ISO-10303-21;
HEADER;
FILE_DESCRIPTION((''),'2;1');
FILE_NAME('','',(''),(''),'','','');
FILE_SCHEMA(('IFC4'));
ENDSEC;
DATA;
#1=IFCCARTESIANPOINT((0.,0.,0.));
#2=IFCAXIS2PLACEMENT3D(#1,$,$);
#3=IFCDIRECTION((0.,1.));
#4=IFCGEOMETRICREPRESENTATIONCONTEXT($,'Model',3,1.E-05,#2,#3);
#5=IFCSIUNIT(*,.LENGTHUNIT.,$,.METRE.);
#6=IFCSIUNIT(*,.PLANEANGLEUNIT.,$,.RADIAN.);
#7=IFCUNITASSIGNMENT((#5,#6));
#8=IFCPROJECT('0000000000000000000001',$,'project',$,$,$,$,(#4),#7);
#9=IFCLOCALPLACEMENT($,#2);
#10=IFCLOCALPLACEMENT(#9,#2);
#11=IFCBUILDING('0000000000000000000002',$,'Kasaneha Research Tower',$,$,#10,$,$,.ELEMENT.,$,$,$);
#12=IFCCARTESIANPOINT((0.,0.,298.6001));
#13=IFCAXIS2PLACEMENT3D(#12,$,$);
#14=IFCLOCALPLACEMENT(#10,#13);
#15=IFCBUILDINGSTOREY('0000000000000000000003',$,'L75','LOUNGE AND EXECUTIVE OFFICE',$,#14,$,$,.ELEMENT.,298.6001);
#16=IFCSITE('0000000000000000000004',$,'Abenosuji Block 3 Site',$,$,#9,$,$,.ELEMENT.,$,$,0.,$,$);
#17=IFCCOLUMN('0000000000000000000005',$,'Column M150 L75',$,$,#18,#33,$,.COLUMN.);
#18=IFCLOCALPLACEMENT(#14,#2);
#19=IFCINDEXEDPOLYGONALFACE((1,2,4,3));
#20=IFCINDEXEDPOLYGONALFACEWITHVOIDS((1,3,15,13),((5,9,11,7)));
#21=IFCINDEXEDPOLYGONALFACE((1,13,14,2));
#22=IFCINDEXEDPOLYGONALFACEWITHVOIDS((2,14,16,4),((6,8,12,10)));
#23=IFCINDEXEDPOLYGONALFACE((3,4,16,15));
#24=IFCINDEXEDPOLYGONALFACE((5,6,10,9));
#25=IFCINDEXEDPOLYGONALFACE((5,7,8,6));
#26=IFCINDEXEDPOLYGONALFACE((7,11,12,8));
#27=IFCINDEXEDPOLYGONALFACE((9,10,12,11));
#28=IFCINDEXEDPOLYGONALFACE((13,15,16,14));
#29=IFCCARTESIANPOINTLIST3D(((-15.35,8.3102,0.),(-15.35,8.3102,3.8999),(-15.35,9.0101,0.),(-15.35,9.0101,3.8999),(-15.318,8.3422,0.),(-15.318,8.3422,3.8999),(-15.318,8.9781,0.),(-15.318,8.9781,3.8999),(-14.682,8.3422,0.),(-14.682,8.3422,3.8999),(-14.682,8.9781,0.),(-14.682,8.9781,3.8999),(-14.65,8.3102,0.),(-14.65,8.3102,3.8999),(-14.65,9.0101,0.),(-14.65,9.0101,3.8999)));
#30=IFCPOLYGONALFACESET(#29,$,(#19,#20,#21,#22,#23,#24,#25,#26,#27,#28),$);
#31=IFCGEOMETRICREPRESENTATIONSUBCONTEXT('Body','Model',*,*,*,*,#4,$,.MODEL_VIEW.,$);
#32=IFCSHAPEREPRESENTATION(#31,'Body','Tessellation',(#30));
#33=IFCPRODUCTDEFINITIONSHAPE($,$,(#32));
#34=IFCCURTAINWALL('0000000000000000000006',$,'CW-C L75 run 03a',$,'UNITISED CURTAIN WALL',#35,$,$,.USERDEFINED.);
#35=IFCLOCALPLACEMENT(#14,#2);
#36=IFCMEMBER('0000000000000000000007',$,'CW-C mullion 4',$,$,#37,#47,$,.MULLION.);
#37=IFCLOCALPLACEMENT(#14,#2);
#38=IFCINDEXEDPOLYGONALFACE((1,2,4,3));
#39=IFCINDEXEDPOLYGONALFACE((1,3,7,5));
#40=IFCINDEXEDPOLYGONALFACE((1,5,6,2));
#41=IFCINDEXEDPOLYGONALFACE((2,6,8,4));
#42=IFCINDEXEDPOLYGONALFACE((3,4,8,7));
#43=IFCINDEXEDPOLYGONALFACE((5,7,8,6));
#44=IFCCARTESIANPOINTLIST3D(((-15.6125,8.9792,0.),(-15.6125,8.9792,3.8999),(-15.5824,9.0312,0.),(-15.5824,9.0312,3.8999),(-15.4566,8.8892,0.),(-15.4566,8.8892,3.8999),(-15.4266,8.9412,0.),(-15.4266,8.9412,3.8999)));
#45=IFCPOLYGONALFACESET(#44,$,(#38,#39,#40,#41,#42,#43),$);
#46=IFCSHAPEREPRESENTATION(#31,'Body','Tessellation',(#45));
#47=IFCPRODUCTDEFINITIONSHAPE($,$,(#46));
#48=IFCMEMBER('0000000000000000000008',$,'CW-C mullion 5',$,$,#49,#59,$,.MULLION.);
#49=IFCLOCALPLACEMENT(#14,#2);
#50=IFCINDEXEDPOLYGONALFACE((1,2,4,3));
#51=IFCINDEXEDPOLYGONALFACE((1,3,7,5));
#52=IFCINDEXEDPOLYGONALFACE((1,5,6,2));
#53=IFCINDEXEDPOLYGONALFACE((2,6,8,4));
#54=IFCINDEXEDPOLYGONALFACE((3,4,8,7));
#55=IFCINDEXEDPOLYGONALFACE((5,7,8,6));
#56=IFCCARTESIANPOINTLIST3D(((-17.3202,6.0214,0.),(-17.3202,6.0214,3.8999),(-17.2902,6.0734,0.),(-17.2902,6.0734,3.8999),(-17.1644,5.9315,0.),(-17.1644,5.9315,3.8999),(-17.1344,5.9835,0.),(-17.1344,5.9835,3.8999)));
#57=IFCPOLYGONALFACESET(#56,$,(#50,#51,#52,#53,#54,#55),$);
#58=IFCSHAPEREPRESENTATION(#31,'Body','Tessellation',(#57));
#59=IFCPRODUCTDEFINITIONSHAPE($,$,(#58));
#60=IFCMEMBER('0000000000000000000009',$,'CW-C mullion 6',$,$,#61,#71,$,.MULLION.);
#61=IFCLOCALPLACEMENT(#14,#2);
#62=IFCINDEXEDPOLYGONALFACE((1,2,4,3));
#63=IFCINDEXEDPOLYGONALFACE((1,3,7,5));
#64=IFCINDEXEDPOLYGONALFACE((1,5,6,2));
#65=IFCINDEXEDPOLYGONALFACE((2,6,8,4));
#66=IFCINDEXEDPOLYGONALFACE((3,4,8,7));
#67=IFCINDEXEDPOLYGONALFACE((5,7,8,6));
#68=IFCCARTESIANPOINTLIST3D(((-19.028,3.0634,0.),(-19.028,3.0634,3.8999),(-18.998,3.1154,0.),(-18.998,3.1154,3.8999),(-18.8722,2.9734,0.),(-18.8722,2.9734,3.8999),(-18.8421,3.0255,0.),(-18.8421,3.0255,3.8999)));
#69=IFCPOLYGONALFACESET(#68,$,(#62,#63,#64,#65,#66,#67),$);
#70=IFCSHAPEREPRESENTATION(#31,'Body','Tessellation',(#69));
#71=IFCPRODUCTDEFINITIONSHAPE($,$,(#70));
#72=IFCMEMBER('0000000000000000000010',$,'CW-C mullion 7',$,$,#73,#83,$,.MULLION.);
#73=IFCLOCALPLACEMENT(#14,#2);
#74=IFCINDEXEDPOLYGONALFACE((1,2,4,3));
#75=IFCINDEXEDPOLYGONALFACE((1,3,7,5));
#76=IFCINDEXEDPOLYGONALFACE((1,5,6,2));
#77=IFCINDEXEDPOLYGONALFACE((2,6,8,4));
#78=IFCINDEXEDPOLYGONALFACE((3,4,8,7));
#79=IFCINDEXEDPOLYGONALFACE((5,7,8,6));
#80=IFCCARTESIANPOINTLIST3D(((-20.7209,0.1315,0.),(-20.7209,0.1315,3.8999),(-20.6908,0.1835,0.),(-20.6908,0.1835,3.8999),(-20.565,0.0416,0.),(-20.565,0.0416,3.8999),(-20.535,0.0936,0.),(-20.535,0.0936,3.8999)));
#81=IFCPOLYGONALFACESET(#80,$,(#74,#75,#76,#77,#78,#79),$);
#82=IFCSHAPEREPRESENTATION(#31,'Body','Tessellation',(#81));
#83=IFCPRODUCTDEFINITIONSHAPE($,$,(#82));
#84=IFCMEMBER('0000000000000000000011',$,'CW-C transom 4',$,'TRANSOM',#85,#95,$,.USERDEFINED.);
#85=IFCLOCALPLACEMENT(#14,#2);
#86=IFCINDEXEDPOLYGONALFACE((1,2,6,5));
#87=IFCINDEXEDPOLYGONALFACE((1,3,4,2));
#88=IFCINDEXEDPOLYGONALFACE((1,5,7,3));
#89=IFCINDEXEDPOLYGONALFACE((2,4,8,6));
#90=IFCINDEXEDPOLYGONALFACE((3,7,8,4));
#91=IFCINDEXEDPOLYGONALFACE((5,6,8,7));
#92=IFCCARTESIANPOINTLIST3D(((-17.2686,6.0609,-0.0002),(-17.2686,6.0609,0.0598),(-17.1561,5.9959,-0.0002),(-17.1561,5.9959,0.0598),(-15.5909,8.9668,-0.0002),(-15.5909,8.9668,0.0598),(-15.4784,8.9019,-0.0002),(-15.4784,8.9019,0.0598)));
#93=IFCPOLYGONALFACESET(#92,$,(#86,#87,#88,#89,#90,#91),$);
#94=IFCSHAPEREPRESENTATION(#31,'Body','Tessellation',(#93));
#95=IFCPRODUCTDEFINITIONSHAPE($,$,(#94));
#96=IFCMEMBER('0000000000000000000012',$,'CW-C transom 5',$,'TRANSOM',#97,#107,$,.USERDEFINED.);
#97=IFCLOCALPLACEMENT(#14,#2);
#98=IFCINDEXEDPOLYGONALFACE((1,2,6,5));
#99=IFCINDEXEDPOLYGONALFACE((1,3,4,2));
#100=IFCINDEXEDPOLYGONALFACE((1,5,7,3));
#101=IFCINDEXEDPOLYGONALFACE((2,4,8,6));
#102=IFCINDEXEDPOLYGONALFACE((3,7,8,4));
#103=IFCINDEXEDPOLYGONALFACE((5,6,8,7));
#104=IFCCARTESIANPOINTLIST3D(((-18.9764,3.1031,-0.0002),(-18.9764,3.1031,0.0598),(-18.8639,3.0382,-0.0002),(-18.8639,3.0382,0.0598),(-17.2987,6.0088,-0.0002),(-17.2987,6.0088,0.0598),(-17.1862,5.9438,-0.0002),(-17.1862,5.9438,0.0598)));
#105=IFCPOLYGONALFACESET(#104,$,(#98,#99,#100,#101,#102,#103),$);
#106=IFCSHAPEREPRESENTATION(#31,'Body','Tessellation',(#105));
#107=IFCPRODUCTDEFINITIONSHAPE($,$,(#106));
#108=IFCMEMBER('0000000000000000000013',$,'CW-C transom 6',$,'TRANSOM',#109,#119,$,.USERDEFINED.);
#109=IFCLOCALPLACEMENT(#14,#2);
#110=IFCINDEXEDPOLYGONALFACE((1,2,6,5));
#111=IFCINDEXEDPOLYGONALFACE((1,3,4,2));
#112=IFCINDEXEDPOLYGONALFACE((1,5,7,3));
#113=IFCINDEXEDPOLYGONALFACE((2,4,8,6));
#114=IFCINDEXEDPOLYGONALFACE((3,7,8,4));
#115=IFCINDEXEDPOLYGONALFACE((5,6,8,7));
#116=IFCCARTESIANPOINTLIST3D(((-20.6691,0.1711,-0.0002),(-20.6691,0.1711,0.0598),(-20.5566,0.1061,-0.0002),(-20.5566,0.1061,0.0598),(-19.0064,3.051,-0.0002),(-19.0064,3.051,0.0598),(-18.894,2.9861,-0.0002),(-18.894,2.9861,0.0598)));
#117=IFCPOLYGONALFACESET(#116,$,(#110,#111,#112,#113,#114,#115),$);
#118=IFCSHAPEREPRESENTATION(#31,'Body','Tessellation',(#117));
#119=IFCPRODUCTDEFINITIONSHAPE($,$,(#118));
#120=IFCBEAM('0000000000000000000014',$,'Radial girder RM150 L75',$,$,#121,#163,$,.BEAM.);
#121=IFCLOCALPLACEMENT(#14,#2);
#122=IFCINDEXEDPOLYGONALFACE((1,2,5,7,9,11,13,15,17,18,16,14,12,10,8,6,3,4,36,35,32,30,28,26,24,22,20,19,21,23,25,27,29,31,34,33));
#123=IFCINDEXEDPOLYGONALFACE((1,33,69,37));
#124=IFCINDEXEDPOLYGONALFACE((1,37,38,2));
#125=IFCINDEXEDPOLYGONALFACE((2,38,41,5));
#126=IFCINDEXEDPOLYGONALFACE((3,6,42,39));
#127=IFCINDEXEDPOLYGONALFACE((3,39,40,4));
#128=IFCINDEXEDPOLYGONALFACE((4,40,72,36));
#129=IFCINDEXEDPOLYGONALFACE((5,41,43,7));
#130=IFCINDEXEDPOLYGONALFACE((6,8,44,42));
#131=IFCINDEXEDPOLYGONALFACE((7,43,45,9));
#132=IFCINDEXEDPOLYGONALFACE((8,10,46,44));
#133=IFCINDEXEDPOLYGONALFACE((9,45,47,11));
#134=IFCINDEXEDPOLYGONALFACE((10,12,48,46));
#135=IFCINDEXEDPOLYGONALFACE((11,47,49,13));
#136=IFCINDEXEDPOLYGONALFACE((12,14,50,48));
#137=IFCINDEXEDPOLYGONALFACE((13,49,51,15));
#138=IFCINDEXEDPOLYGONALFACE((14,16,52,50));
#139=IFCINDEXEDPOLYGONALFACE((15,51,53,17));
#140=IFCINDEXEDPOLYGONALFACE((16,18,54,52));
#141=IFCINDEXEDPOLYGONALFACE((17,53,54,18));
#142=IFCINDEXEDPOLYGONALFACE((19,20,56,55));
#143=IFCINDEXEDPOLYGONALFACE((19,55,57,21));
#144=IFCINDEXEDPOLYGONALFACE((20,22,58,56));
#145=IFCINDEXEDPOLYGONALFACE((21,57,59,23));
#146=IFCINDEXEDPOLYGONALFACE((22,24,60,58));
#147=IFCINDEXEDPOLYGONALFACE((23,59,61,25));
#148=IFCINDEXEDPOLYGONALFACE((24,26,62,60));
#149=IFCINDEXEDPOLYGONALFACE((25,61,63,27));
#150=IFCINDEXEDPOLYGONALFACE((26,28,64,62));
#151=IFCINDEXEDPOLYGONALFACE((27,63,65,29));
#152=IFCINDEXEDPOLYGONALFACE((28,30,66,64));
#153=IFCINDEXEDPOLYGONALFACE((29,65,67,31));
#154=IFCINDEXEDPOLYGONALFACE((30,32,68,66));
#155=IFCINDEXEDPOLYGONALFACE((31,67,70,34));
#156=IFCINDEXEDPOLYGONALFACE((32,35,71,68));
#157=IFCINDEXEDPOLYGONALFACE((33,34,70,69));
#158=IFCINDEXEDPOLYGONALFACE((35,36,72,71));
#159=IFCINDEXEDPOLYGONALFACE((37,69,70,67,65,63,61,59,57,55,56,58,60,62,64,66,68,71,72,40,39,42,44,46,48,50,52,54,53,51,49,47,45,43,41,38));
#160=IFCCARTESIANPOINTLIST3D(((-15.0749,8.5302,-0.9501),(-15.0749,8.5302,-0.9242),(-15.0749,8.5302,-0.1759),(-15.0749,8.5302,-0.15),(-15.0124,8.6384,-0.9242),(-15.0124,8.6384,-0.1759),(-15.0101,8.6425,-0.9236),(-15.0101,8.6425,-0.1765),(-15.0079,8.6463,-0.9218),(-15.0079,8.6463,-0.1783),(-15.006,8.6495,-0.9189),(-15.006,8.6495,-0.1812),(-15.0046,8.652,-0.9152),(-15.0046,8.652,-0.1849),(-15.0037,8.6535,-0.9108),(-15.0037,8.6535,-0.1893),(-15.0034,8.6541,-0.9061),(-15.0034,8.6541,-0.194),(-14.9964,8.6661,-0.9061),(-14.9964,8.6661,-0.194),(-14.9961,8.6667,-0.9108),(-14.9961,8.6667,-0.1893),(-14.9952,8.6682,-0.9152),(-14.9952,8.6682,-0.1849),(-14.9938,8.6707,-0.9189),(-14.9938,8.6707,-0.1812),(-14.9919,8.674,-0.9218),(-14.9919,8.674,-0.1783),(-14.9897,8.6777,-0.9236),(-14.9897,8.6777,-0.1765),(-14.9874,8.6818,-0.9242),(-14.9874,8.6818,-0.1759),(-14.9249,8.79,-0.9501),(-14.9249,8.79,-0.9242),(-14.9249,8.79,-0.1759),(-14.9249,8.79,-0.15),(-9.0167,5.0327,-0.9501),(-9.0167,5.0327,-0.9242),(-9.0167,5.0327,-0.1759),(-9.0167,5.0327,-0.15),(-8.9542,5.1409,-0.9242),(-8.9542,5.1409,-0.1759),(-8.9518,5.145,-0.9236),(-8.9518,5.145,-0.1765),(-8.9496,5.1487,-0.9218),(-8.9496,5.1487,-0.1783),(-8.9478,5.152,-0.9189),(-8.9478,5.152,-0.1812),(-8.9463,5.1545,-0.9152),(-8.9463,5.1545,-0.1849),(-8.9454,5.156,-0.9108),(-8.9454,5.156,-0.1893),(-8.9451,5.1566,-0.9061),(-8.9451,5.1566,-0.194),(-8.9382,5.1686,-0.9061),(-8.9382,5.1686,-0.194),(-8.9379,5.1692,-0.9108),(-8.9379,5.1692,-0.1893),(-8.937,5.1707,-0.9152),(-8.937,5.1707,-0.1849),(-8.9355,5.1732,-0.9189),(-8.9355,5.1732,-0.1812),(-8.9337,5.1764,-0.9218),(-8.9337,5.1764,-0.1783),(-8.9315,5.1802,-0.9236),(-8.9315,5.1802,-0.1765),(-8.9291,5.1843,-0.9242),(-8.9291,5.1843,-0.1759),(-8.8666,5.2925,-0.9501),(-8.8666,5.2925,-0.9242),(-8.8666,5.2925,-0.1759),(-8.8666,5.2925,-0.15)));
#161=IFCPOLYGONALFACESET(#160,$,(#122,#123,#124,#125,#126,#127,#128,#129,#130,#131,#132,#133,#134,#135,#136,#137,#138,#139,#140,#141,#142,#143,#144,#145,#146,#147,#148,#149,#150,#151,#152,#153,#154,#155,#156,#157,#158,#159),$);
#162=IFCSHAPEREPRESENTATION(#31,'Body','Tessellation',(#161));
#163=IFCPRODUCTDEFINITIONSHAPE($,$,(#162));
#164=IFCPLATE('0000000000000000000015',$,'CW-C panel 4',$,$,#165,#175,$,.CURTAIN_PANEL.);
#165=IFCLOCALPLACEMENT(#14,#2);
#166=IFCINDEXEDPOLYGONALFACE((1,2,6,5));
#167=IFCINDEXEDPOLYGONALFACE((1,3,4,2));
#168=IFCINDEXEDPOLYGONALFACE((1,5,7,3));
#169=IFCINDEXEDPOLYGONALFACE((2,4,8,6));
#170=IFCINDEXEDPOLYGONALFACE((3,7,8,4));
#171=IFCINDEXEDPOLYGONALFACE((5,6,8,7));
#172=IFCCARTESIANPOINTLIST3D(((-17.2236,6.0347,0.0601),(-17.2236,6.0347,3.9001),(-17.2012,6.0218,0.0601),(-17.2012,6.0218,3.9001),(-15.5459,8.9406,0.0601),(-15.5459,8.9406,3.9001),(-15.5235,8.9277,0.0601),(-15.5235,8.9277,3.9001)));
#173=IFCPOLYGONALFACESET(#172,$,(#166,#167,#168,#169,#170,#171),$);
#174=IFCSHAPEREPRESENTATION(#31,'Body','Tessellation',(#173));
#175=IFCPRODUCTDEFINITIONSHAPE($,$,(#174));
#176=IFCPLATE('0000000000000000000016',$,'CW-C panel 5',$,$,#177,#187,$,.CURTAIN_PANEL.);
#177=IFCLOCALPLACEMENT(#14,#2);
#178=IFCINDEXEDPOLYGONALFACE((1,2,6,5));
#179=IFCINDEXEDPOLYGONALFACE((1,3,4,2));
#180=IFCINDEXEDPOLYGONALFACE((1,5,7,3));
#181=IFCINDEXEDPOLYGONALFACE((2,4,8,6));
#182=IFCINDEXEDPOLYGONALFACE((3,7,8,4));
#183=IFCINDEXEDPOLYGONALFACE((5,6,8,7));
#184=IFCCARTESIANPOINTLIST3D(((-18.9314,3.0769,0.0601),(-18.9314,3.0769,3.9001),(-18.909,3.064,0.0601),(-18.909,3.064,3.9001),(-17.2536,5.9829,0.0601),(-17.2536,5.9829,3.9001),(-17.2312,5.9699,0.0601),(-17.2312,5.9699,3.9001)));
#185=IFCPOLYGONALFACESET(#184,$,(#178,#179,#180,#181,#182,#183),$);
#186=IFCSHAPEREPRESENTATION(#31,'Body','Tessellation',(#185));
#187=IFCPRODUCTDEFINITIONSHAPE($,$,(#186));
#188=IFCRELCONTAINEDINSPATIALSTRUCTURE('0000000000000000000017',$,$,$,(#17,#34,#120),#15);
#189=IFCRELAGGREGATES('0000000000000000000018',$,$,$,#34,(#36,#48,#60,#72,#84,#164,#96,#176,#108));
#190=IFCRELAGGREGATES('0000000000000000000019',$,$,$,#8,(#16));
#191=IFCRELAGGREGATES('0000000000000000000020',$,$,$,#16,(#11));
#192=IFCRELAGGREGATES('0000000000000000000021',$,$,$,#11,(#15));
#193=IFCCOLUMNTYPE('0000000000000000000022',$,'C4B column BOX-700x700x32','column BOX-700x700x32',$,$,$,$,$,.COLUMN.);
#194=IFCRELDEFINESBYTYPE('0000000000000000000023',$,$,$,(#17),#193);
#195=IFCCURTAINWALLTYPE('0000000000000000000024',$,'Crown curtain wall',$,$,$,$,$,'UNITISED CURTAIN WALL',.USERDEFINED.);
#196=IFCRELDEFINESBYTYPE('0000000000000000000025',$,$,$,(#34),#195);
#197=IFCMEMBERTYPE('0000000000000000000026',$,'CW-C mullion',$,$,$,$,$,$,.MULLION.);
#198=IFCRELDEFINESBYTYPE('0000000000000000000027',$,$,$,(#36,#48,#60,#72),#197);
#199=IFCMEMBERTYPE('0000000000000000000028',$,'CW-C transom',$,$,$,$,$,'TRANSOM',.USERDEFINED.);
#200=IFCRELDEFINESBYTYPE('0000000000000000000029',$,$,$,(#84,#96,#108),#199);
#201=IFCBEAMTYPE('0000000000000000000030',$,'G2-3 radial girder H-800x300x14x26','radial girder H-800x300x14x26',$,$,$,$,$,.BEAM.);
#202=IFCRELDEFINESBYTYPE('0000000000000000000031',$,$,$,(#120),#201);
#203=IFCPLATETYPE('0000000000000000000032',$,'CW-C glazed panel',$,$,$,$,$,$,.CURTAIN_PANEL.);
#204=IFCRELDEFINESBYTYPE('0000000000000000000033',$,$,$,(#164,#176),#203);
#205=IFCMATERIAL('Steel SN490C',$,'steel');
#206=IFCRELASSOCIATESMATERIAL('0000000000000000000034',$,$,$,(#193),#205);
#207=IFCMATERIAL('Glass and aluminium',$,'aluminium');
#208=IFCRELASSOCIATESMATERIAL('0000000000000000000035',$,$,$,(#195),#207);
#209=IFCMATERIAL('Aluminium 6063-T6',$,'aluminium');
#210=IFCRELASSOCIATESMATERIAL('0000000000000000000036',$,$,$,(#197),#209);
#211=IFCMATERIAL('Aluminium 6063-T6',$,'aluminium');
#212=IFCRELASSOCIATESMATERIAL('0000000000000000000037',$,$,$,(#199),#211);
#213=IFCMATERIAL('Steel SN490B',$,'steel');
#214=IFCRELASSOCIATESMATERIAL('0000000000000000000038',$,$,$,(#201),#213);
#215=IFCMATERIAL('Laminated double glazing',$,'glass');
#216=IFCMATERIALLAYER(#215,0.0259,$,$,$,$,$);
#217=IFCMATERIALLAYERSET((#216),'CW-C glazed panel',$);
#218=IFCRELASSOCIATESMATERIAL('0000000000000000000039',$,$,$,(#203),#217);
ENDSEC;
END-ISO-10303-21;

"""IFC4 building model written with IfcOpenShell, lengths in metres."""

from ifc_helpers import new_model, si_unit, direction, frame, origin, origin_2d, place, context, subcontext, project, spatial, rectangle, hollow_rectangle, i_section, extrude, material, layer, layer_set, material_profile, profile_set, type_object, element, aggregate, save


model = new_model("IFC4")

# Units and contexts
model_context = context("Model", 3, precision=1e-05, world=origin(), true_north=direction((0.0, 1.0)))
body_context = subcontext(model_context, "Body", "Model", "MODEL_VIEW")
ifc_project = project(units=[si_unit("LENGTHUNIT", "METRE"), si_unit("PLANEANGLEUNIT", "RADIAN")], contexts=[model_context])

# Site, building, storey
site_placement = place(None, origin())
site = spatial("IfcSite", under=ifc_project, at=site_placement, Name="Abenosuji Block 3 Site", CompositionType="ELEMENT", RefElevation=0.0)
building_placement = place(site_placement, origin())
building = spatial("IfcBuilding", under=site, at=building_placement, Name="Kasaneha Research Tower", CompositionType="ELEMENT")
storey_placement = place(building_placement, frame((0.0, 0.0, 298.6001)))
storey = spatial("IfcBuildingStorey", under=building, at=storey_placement, Name="L75", Description="LOUNGE AND EXECUTIVE OFFICE", CompositionType="ELEMENT", Elevation=298.6001)

# Column
ifc_material_1 = material(Name="Steel SN490C", Category="steel")
ifc_material_profile_1 = material_profile(ifc_material_1, hollow_rectangle(XDim=0.7, YDim=0.7, WallThickness=0.032, at=origin_2d()), Name="BOX-700x700x32")
ifc_profile_set_1 = profile_set([ifc_material_profile_1], Name="Steel SN490C")
column_type = type_object("IfcColumnType", Name="C4B column BOX-700x700x32", Description="column BOX-700x700x32", PredefinedType="COLUMN", material=ifc_profile_set_1)
column_placement = place(storey_placement, frame((-15.0, 8.6602, 0.0), z_axis=(0.0, 0.0, 1.0), x_axis=(1.0, 0.0, 0.0)))
element("IfcColumn", 1, at=column_placement, inside=storey, type_object=column_type, Name="Column M150 L75", PredefinedType="COLUMN", context=body_context, shape_type="SweptSolid", body=[
    extrude(hollow_rectangle(XDim=0.7, YDim=0.7, WallThickness=0.032, at=origin_2d()), origin(), (0.0, 0.0, 1.0), 3.8999),
])

# Curtain wall, members
ifc_material_2 = material(Name="Glass and aluminium", Category="aluminium")
curtain_wall_type = type_object("IfcCurtainWallType", Name="Crown curtain wall", ElementType="UNITISED CURTAIN WALL", PredefinedType="USERDEFINED", material=ifc_material_2)
curtain_wall_placement = place(storey_placement, origin())
curtain_wall = element("IfcCurtainWall", 2, at=curtain_wall_placement, inside=storey, type_object=curtain_wall_type, Name="CW-C L75 run 03a", ObjectType="UNITISED CURTAIN WALL", PredefinedType="USERDEFINED")
ifc_material_3 = material(Name="Aluminium 6063-T6", Category="aluminium")
ifc_material_profile_2 = material_profile(ifc_material_3, rectangle(XDim=0.0601, YDim=0.1799, at=origin_2d()), Name="CW-C mullion 60x180")
ifc_profile_set_2 = profile_set([ifc_material_profile_2], Name="Aluminium 6063-T6")
member_type_1 = type_object("IfcMemberType", Name="CW-C mullion", PredefinedType="MULLION", material=ifc_profile_set_2)
member_1_placement = place(storey_placement, frame((-15.5195, 8.9602, 0.0), z_axis=(0.0, 0.0, 1.0), x_axis=(-0.5, -0.866025, 0.0)))
member_1 = element("IfcMember", 3, at=member_1_placement, type_object=member_type_1, Name="CW-C mullion 4", PredefinedType="MULLION", context=body_context, shape_type="SweptSolid", body=[
    extrude(rectangle(XDim=0.0601, YDim=0.1799, at=origin_2d()), origin(), (0.0, 0.0, 1.0), 3.8999),
])
member_2_placement = place(storey_placement, frame((-17.2273, 6.0024, 0.0), z_axis=(0.0, 0.0, 1.0), x_axis=(-0.5, -0.866025, 0.0)))
member_2 = element("IfcMember", 4, at=member_2_placement, type_object=member_type_1, Name="CW-C mullion 5", PredefinedType="MULLION", context=body_context, shape_type="SweptSolid", body=[
    extrude(rectangle(XDim=0.0601, YDim=0.1799, at=origin_2d()), origin(), (0.0, 0.0, 1.0), 3.8999),
])
member_3_placement = place(storey_placement, frame((-18.9351, 3.0444, 0.0), z_axis=(0.0, 0.0, 1.0), x_axis=(-0.5, -0.866025, 0.0)))
member_3 = element("IfcMember", 5, at=member_3_placement, type_object=member_type_1, Name="CW-C mullion 6", PredefinedType="MULLION", context=body_context, shape_type="SweptSolid", body=[
    extrude(rectangle(XDim=0.0601, YDim=0.1799, at=origin_2d()), origin(), (0.0, 0.0, 1.0), 3.8999),
])
member_4_placement = place(storey_placement, frame((-20.6279, 0.1125, 0.0), z_axis=(0.0, 0.0, 1.0), x_axis=(-0.5, -0.866025, 0.0)))
member_4 = element("IfcMember", 6, at=member_4_placement, type_object=member_type_1, Name="CW-C mullion 7", PredefinedType="MULLION", context=body_context, shape_type="SweptSolid", body=[
    extrude(rectangle(XDim=0.0601, YDim=0.1799, at=origin_2d()), origin(), (0.0, 0.0, 1.0), 3.8999),
])
ifc_material_4 = material(Name="Aluminium 6063-T6", Category="aluminium")
ifc_material_profile_3 = material_profile(ifc_material_4, rectangle(XDim=0.1299, YDim=0.0601, at=origin_2d()), Name="CW-C transom 130x60")
ifc_profile_set_3 = profile_set([ifc_material_profile_3], Name="Aluminium 6063-T6")
member_type_2 = type_object("IfcMemberType", Name="CW-C transom", ElementType="TRANSOM", PredefinedType="USERDEFINED", material=ifc_profile_set_3)
member_5_placement = place(storey_placement, frame((-15.5347, 8.9343, 0.0298), z_axis=(-0.499989, -0.866032, 0.0), x_axis=(0.866032, -0.499989, 0.0)))
member_5 = element("IfcMember", 7, at=member_5_placement, type_object=member_type_2, Name="CW-C transom 4", ObjectType="TRANSOM", PredefinedType="USERDEFINED", context=body_context, shape_type="SweptSolid", body=[
    extrude(rectangle(XDim=0.1299, YDim=0.0601, at=origin_2d()), origin(), (0.0, 0.0, 1.0), 3.3555),
])
member_6_placement = place(storey_placement, frame((-17.2424, 5.9763, 0.0298), z_axis=(-0.500021, -0.866014, 0.0), x_axis=(0.866014, -0.500021, 0.0)))
member_6 = element("IfcMember", 8, at=member_6_placement, type_object=member_type_2, Name="CW-C transom 5", ObjectType="TRANSOM", PredefinedType="USERDEFINED", context=body_context, shape_type="SweptSolid", body=[
    extrude(rectangle(XDim=0.1299, YDim=0.0601, at=origin_2d()), origin(), (0.0, 0.0, 1.0), 3.3552),
])
member_7_placement = place(storey_placement, frame((-18.9502, 3.0186, 0.0298), z_axis=(-0.499977, -0.866039, 0.0), x_axis=(0.866039, -0.499977, 0.0)))
member_7 = element("IfcMember", 9, at=member_7_placement, type_object=member_type_2, Name="CW-C transom 6", ObjectType="TRANSOM", PredefinedType="USERDEFINED", context=body_context, shape_type="SweptSolid", body=[
    extrude(rectangle(XDim=0.1299, YDim=0.0601, at=origin_2d()), origin(), (0.0, 0.0, 1.0), 3.3254),
])

# Beam
ifc_material_5 = material(Name="Steel SN490B", Category="steel")
ifc_material_profile_4 = material_profile(ifc_material_5, i_section(OverallWidth=0.3, OverallDepth=0.8, WebThickness=0.0139, FlangeThickness=0.0259, FilletRadius=0.0181, at=origin_2d()), Name="H-800x300x14x26")
ifc_profile_set_4 = profile_set([ifc_material_profile_4], Name="Steel SN490B")
beam_type = type_object("IfcBeamType", Name="G2-3 radial girder H-800x300x14x26", Description="radial girder H-800x300x14x26", PredefinedType="BEAM", material=ifc_profile_set_4)
beam_placement = place(storey_placement, frame((-8.9417, 5.1626, -0.55), z_axis=(-0.86604, 0.499975, 0.0), x_axis=(-0.499975, -0.86604, 0.0)))
element("IfcBeam", 10, at=beam_placement, inside=storey, type_object=beam_type, Name="Radial girder RM150 L75", PredefinedType="BEAM", context=body_context, shape_type="SweptSolid", body=[
    extrude(i_section(OverallWidth=0.3, OverallDepth=0.8, WebThickness=0.0139, FlangeThickness=0.0259, FilletRadius=0.0181, at=origin_2d()), origin(), (0.0, 0.0, 1.0), 6.9954),
])

# Plates
ifc_material_6 = material(Name="Laminated double glazing", Category="glass")
ifc_layer_1 = layer(ifc_material_6, 0.0259)
ifc_layer_set_1 = layer_set([ifc_layer_1], Name="CW-C glazed panel")
plate_type = type_object("IfcPlateType", Name="CW-C glazed panel", PredefinedType="CURTAIN_PANEL", material=ifc_layer_set_1)
plate_1_placement = place(storey_placement, frame((-16.3735, 7.4812, 0.0601), z_axis=(0.0, 0.0, 1.0), x_axis=(-0.5, -0.866025, 0.0)))
plate_1 = element("IfcPlate", 11, at=plate_1_placement, type_object=plate_type, Name="CW-C panel 4", PredefinedType="CURTAIN_PANEL", context=body_context, shape_type="SweptSolid", body=[
    extrude(rectangle(XDim=3.3555, YDim=0.0259, at=origin_2d()), origin(), (0.0, 0.0, 1.0), 3.8401),
])
plate_2_placement = place(storey_placement, frame((-18.0813, 4.5234, 0.0601), z_axis=(0.0, 0.0, 1.0), x_axis=(-0.5, -0.866025, 0.0)))
plate_2 = element("IfcPlate", 12, at=plate_2_placement, type_object=plate_type, Name="CW-C panel 5", PredefinedType="CURTAIN_PANEL", context=body_context, shape_type="SweptSolid", body=[
    extrude(rectangle(XDim=3.3555, YDim=0.0259, at=origin_2d()), origin(), (0.0, 0.0, 1.0), 3.8401),
])
aggregate(curtain_wall, [member_1, member_2, member_3, member_4, member_5, plate_1, member_6, plate_2, member_7])

save(model, "model.ifc")
